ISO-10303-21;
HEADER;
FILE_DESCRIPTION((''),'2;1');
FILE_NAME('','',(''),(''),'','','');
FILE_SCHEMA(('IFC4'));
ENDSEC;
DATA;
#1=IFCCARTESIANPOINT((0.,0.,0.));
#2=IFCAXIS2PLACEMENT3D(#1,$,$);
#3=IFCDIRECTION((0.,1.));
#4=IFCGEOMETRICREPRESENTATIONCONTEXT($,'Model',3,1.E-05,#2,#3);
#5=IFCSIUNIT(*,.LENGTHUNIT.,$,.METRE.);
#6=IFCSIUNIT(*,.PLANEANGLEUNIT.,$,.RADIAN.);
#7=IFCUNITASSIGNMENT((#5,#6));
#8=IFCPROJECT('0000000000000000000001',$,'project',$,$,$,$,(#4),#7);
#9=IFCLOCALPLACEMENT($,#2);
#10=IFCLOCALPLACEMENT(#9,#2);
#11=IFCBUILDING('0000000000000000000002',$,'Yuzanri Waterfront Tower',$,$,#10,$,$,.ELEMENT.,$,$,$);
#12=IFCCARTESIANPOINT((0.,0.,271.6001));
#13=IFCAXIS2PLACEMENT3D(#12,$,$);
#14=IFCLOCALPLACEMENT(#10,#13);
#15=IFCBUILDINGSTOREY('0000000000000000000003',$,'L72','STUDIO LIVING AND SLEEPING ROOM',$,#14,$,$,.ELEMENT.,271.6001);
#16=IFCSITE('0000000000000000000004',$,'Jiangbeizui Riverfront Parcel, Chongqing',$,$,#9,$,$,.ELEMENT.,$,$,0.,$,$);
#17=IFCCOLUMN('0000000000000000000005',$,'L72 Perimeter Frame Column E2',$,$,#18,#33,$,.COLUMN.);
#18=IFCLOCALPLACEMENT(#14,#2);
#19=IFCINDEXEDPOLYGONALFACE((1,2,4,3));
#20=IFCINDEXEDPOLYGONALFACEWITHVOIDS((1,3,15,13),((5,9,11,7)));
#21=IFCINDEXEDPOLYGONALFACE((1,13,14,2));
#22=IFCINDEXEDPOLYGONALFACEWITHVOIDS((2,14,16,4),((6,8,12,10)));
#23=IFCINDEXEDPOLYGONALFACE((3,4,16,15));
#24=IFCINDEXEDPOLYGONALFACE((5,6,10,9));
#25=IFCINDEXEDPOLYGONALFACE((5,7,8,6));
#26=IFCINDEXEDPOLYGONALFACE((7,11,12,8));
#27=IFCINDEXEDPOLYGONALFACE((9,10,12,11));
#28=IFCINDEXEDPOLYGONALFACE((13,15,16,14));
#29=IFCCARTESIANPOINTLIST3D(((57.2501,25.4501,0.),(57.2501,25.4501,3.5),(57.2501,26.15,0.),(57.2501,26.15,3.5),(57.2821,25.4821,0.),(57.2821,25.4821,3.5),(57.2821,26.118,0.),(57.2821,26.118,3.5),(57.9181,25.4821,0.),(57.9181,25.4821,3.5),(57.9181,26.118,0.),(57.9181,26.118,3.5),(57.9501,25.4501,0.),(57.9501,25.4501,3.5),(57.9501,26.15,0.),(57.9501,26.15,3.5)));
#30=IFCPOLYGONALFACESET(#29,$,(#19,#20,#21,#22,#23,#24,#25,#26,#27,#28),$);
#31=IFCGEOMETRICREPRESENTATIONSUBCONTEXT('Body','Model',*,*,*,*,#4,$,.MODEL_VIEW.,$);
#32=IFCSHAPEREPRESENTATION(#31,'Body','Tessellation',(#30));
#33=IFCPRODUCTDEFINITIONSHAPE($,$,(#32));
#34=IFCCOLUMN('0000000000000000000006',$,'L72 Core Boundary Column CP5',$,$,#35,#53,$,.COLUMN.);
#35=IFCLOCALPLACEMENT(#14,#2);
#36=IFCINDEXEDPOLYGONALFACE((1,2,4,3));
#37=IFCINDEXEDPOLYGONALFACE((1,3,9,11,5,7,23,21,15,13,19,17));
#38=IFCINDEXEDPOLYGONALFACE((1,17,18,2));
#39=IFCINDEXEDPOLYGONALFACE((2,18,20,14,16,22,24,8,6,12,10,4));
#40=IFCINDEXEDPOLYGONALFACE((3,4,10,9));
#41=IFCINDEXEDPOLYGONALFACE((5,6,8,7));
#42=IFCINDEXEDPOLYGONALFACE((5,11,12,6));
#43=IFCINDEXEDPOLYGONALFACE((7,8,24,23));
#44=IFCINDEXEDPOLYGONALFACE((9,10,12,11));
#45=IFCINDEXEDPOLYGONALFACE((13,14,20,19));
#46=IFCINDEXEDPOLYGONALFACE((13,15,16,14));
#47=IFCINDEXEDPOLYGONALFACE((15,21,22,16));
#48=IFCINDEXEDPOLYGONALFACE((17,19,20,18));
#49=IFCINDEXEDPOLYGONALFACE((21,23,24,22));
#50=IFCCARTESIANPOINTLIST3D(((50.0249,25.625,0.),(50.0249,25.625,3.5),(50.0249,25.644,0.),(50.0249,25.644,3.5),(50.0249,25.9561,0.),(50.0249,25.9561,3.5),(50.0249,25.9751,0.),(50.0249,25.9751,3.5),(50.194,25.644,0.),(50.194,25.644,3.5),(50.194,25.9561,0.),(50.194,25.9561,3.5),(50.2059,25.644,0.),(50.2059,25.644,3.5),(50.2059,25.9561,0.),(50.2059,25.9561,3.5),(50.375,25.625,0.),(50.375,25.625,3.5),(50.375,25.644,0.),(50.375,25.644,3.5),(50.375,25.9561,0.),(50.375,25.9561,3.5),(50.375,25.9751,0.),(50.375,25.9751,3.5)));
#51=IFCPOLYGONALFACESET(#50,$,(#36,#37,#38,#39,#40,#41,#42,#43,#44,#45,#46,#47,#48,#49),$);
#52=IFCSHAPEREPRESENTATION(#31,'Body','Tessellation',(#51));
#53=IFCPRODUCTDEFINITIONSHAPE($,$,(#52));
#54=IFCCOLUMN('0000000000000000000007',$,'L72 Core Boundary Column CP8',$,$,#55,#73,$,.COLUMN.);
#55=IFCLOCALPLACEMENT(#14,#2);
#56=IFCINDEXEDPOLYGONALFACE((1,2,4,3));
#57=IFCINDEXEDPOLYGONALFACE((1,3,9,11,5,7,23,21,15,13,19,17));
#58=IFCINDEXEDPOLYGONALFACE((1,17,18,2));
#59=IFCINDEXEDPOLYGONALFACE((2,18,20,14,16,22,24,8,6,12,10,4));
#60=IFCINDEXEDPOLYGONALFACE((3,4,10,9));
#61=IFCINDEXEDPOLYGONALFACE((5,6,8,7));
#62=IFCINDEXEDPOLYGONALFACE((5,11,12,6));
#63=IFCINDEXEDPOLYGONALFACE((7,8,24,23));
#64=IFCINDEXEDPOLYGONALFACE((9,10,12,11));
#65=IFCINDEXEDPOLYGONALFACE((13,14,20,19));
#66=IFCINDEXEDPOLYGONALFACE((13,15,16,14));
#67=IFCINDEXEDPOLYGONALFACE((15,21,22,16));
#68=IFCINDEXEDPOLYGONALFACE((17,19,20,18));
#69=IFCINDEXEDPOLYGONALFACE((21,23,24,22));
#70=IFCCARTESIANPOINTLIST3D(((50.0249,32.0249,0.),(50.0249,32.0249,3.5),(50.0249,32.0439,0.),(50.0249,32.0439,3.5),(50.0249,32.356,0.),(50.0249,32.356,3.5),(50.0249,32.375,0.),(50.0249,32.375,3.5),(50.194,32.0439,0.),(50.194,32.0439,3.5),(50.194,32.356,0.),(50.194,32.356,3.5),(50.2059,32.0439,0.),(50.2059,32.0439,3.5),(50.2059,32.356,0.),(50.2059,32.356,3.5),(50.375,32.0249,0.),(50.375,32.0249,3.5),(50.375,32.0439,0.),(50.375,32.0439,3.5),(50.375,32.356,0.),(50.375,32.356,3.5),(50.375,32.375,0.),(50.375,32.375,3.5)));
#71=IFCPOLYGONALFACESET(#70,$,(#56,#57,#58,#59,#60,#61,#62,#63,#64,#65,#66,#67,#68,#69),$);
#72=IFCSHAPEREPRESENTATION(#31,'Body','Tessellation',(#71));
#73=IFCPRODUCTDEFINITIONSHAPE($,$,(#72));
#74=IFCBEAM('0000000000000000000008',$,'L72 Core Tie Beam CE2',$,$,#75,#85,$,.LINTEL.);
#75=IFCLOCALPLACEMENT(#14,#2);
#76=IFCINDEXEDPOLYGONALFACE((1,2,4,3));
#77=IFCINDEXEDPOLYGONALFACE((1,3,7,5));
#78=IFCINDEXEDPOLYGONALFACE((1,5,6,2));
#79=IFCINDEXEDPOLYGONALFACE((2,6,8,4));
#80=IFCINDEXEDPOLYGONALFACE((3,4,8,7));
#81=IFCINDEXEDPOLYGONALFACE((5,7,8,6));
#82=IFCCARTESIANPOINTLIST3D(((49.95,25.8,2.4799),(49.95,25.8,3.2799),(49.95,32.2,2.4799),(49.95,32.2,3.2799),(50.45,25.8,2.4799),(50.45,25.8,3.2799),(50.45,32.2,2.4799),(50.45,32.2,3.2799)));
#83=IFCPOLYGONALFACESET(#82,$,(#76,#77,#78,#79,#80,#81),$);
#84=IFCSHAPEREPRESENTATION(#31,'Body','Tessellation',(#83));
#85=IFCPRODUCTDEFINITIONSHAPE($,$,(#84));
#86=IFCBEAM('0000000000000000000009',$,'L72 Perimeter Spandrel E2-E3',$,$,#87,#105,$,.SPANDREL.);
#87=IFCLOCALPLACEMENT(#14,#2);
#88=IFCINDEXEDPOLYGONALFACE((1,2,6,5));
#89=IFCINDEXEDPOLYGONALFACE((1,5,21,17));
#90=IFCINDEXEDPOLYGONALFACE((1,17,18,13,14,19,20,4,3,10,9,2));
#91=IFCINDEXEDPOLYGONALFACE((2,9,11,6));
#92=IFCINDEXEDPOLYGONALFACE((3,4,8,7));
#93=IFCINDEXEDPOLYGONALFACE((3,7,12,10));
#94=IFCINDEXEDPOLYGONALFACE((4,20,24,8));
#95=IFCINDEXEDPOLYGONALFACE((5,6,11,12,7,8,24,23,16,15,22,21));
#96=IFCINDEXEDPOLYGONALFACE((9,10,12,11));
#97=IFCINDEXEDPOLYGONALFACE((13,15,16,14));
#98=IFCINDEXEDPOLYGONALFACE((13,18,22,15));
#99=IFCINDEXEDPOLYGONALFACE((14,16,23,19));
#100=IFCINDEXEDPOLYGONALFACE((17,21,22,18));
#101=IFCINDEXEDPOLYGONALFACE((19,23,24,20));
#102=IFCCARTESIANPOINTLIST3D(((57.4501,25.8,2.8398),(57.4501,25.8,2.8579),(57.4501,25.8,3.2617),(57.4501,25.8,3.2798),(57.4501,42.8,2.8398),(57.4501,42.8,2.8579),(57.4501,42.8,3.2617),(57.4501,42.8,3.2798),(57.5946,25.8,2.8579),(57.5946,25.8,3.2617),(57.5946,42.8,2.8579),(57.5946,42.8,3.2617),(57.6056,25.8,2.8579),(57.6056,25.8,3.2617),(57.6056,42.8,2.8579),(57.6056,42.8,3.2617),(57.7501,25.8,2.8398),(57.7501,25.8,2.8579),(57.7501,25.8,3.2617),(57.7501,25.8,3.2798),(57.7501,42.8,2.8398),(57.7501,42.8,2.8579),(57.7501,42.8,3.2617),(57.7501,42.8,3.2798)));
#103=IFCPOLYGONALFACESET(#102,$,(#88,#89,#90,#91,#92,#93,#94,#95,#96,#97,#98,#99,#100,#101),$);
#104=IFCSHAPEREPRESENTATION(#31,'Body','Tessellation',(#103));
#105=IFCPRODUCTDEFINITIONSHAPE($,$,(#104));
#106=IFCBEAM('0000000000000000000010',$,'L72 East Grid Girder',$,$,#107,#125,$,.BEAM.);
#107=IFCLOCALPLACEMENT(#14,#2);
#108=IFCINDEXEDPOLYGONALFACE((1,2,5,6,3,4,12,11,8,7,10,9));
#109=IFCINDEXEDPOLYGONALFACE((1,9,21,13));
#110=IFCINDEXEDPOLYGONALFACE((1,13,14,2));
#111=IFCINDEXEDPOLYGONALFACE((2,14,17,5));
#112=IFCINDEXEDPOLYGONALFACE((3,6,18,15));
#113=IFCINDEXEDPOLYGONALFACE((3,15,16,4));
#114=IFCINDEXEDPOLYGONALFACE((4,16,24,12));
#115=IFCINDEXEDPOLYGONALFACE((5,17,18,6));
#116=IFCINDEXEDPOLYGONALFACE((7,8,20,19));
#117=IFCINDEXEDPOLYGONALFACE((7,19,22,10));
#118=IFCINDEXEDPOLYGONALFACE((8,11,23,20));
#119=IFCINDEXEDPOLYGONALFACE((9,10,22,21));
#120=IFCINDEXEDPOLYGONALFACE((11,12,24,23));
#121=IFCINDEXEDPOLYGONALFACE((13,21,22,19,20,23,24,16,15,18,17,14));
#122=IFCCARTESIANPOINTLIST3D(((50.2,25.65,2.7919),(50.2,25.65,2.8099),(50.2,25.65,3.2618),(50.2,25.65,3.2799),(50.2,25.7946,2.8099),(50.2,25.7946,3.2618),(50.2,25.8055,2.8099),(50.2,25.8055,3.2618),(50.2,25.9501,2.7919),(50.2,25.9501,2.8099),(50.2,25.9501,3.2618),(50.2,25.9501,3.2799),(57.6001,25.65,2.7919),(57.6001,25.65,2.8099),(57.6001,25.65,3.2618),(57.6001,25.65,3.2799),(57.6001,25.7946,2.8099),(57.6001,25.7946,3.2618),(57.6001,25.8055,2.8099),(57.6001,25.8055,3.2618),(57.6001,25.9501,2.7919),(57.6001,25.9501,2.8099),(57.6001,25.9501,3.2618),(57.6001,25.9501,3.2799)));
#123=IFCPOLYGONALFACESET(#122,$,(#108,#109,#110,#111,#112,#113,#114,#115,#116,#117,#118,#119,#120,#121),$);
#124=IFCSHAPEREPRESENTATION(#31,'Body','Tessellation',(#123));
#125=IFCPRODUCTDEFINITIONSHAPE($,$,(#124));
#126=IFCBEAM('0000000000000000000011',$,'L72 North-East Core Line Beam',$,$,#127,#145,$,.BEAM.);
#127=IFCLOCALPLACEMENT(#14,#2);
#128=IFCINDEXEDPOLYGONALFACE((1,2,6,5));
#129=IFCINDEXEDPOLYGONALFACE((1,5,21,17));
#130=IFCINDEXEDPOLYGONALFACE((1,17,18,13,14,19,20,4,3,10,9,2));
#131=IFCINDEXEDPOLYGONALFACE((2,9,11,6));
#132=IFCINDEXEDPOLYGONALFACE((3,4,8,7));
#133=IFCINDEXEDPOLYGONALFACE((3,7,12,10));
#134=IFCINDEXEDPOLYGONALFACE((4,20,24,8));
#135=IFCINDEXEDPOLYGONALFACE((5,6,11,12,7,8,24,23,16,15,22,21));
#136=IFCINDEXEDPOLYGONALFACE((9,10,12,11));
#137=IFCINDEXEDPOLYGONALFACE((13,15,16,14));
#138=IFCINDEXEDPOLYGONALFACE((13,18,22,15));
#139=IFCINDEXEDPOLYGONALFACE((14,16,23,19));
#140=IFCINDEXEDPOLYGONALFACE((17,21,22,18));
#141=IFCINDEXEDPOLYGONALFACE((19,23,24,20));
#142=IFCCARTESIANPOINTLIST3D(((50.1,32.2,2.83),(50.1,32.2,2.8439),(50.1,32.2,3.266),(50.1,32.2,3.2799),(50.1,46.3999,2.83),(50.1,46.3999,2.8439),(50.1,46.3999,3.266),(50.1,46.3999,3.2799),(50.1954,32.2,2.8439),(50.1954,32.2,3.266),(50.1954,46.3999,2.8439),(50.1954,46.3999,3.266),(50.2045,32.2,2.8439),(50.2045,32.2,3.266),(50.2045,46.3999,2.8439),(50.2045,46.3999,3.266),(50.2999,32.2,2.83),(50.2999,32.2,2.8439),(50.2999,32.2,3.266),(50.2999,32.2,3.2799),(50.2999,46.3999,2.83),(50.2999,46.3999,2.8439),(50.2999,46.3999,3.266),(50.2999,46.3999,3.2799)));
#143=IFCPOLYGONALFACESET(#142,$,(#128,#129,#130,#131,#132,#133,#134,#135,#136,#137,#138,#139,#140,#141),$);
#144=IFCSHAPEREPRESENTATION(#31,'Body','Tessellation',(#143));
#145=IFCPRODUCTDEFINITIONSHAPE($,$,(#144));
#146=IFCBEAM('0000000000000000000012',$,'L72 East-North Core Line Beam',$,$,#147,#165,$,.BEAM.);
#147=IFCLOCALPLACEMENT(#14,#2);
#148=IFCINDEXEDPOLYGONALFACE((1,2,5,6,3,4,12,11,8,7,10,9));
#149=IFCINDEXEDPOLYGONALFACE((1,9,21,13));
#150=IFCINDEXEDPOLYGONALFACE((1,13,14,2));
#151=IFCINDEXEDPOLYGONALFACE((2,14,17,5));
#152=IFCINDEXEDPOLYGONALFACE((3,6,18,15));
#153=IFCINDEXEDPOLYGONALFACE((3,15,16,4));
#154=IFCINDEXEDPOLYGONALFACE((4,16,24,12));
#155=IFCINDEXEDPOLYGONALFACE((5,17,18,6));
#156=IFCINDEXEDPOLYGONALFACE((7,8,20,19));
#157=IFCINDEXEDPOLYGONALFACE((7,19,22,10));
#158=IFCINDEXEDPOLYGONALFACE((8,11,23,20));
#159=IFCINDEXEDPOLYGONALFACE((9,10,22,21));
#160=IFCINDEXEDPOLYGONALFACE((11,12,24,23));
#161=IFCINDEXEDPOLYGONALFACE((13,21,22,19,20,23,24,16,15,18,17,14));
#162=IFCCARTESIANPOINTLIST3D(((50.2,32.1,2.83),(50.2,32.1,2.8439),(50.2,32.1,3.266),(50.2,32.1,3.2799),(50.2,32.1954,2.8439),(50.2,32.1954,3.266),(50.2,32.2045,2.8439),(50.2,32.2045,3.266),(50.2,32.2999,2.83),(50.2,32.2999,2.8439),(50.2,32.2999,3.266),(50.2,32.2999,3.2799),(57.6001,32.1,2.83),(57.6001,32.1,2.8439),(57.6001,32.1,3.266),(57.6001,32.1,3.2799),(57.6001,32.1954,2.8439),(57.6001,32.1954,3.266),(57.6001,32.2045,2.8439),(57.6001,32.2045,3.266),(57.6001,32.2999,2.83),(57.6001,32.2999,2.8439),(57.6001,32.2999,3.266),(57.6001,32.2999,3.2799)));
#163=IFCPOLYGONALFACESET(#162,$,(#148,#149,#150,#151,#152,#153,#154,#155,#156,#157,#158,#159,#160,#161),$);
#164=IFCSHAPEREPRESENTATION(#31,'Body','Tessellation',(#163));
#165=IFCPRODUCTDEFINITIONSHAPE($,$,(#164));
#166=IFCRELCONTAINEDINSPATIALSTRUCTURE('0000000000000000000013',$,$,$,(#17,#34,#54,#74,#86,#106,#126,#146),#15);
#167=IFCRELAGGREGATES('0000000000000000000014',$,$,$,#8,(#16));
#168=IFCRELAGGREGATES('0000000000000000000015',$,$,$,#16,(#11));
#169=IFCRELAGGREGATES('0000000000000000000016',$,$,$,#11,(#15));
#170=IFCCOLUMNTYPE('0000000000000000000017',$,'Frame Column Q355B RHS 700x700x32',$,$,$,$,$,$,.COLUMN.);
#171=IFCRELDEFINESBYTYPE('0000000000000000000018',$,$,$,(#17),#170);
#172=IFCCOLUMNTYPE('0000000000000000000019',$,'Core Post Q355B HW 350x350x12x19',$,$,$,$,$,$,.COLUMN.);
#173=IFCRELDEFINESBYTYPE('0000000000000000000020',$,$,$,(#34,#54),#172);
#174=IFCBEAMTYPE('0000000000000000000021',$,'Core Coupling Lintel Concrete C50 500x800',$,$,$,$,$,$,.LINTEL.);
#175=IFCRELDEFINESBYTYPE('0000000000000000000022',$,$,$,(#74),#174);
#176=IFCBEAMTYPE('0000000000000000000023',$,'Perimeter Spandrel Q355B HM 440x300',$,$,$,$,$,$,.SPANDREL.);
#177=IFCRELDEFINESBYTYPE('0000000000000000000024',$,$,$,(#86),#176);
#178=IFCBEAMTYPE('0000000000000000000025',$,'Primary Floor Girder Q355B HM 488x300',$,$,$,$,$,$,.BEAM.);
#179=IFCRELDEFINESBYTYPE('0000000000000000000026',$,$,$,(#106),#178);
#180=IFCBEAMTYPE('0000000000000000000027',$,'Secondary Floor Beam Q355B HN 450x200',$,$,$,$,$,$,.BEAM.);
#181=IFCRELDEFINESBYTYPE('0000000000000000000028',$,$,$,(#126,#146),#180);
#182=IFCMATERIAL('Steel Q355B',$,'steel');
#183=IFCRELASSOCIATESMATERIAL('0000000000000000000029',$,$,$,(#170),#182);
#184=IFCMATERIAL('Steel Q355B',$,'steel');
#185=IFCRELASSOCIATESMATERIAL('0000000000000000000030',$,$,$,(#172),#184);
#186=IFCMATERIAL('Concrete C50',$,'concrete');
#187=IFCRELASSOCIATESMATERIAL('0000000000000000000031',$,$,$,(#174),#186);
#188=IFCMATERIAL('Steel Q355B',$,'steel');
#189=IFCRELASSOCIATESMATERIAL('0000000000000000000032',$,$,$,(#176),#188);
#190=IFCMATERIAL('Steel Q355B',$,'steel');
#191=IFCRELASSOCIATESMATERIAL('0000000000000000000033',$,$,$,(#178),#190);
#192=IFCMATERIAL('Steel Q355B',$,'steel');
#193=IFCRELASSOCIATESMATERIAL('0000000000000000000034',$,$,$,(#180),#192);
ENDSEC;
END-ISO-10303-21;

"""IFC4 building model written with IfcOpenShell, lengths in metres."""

from ifc_helpers import new_model, si_unit, direction, frame, origin, origin_2d, place, context, subcontext, project, spatial, rectangle, hollow_rectangle, i_section, extrude, source, transform, mapped, material, material_profile, profile_set, type_object, element, save


model = new_model("IFC4")

# Units and contexts
model_context = context("Model", 3, precision=1e-05, world=origin(), true_north=direction((0.0, 1.0)))
body_context = subcontext(model_context, "Body", "Model", "MODEL_VIEW")
ifc_project = project(units=[si_unit("LENGTHUNIT", "METRE"), si_unit("PLANEANGLEUNIT", "RADIAN")], contexts=[model_context])

# Site, building, storey
site_placement = place(None, origin())
site = spatial("IfcSite", under=ifc_project, at=site_placement, Name="Jiangbeizui Riverfront Parcel, Chongqing", CompositionType="ELEMENT", RefElevation=0.0)
building_placement = place(site_placement, origin())
building = spatial("IfcBuilding", under=site, at=building_placement, Name="Yuzanri Waterfront Tower", CompositionType="ELEMENT")
storey_placement = place(building_placement, frame((0.0, 0.0, 271.6001)))
storey = spatial("IfcBuildingStorey", under=building, at=storey_placement, Name="L72", Description="STUDIO LIVING AND SLEEPING ROOM", CompositionType="ELEMENT", Elevation=271.6001)

# Columns
ifc_material_1 = material(Name="Steel Q355B", Category="steel")
ifc_material_profile_1 = material_profile(ifc_material_1, hollow_rectangle(XDim=0.7, YDim=0.7, WallThickness=0.032, at=origin_2d()), Name="RHS 700x700x32")
ifc_profile_set_1 = profile_set([ifc_material_profile_1], Name="Steel Q355B")
column_type_1 = type_object("IfcColumnType", Name="Frame Column Q355B RHS 700x700x32", PredefinedType="COLUMN", material=ifc_profile_set_1)
shared_shape_1 = source(origin(), body_context, "Body", "SweptSolid", [
    extrude(hollow_rectangle(XDim=0.7, YDim=0.7, WallThickness=0.032, at=origin_2d()), origin(), (0.0, 0.0, 1.0), 3.5),
])
column_placement = place(storey_placement, frame((57.6001, 25.8, 0.0), z_axis=(0.0, 0.0, 1.0), x_axis=(1.0, 0.0, 0.0)))
element("IfcColumn", 1, at=column_placement, inside=storey, type_object=column_type_1, Name="L72 Perimeter Frame Column E2", PredefinedType="COLUMN", context=body_context, shape_type="MappedRepresentation", body=[
    mapped(shared_shape_1, transform((0.0, 0.0, 0.0), scale=1.0)),
])
ifc_material_2 = material(Name="Steel Q355B", Category="steel")
ifc_material_profile_2 = material_profile(ifc_material_2, i_section(OverallWidth=0.3501, OverallDepth=0.3501, WebThickness=0.012, FlangeThickness=0.019, at=origin_2d()), Name="HW 350x350x12x19")
ifc_profile_set_2 = profile_set([ifc_material_profile_2], Name="Steel Q355B")
column_type_2 = type_object("IfcColumnType", Name="Core Post Q355B HW 350x350x12x19", PredefinedType="COLUMN", material=ifc_profile_set_2)
shared_shape_2 = source(origin(), body_context, "Body", "SweptSolid", [
    extrude(i_section(OverallWidth=0.3501, OverallDepth=0.3501, WebThickness=0.012, FlangeThickness=0.019, at=origin_2d()), origin(), (0.0, 0.0, 1.0), 3.5),
])
for number, where, z_axis, x_axis, name in (
    (2, (50.2, 25.8, 0.0), (0.0, 0.0, 1.0), (1.0, 0.0, 0.0), "L72 Core Boundary Column CP5"),
    (3, (50.2, 32.2, 0.0), (0.0, 0.0, 1.0), (1.0, 0.0, 0.0), "L72 Core Boundary Column CP8"),
):
    element("IfcColumn", number, at=place(storey_placement, frame(where, z_axis=z_axis, x_axis=x_axis)), inside=storey, type_object=column_type_2, Name=name, PredefinedType="COLUMN", context=body_context, shape_type="MappedRepresentation", body=[
        mapped(shared_shape_2, transform((0.0, 0.0, 0.0), scale=1.0)),
    ])

# Beams
ifc_material_3 = material(Name="Concrete C50", Category="concrete")
ifc_material_profile_3 = material_profile(ifc_material_3, rectangle(XDim=0.5, YDim=0.8, at=origin_2d()), Name="RC 500x800")
ifc_profile_set_3 = profile_set([ifc_material_profile_3], Name="Concrete C50")
beam_type_1 = type_object("IfcBeamType", Name="Core Coupling Lintel Concrete C50 500x800", PredefinedType="LINTEL", material=ifc_profile_set_3)
shared_shape_3 = source(origin(), body_context, "Body", "SweptSolid", [
    extrude(rectangle(XDim=0.5, YDim=0.8, at=origin_2d()), origin(), (0.0, 0.0, 1.0), 6.3999),
])
beam_1_placement = place(storey_placement, frame((50.2, 25.8, 2.8799), z_axis=(0.0, 1.0, 0.0), x_axis=(-1.0, 0.0, 0.0)))
element("IfcBeam", 4, at=beam_1_placement, inside=storey, type_object=beam_type_1, Name="L72 Core Tie Beam CE2", PredefinedType="LINTEL", context=body_context, shape_type="MappedRepresentation", body=[
    mapped(shared_shape_3, transform((0.0, 0.0, 0.0), scale=1.0)),
])
ifc_material_4 = material(Name="Steel Q355B", Category="steel")
ifc_material_profile_4 = material_profile(ifc_material_4, i_section(OverallWidth=0.3, OverallDepth=0.4399, WebThickness=0.011, FlangeThickness=0.0181, at=origin_2d()), Name="HM 440x300x11x18")
ifc_profile_set_4 = profile_set([ifc_material_profile_4], Name="Steel Q355B")
beam_type_2 = type_object("IfcBeamType", Name="Perimeter Spandrel Q355B HM 440x300", PredefinedType="SPANDREL", material=ifc_profile_set_4)
shared_shape_4 = source(origin(), body_context, "Body", "SweptSolid", [
    extrude(i_section(OverallWidth=0.3, OverallDepth=0.4399, WebThickness=0.011, FlangeThickness=0.0181, at=origin_2d()), origin(), (0.0, 0.0, 1.0), 17.0),
])
beam_2_placement = place(storey_placement, frame((57.6001, 25.8, 3.0598), z_axis=(0.0, 1.0, 0.0), x_axis=(-1.0, 0.0, 0.0)))
element("IfcBeam", 5, at=beam_2_placement, inside=storey, type_object=beam_type_2, Name="L72 Perimeter Spandrel E2-E3", PredefinedType="SPANDREL", context=body_context, shape_type="MappedRepresentation", body=[
    mapped(shared_shape_4, transform((0.0, 0.0, 0.0), scale=1.0)),
])
ifc_material_5 = material(Name="Steel Q355B", Category="steel")
ifc_material_profile_5 = material_profile(ifc_material_5, i_section(OverallWidth=0.3, OverallDepth=0.488, WebThickness=0.011, FlangeThickness=0.0181, at=origin_2d()), Name="HM 488x300x11x18")
ifc_profile_set_5 = profile_set([ifc_material_profile_5], Name="Steel Q355B")
beam_type_3 = type_object("IfcBeamType", Name="Primary Floor Girder Q355B HM 488x300", PredefinedType="BEAM", material=ifc_profile_set_5)
shared_shape_5 = source(origin(), body_context, "Body", "SweptSolid", [
    extrude(i_section(OverallWidth=0.3, OverallDepth=0.488, WebThickness=0.011, FlangeThickness=0.0181, at=origin_2d()), origin(), (0.0, 0.0, 1.0), 7.4001),
])
beam_3_placement = place(storey_placement, frame((50.2, 25.8, 3.0359), z_axis=(1.0, 0.0, 0.0), x_axis=(0.0, 1.0, 0.0)))
element("IfcBeam", 6, at=beam_3_placement, inside=storey, type_object=beam_type_3, Name="L72 East Grid Girder", PredefinedType="BEAM", context=body_context, shape_type="MappedRepresentation", body=[
    mapped(shared_shape_5, transform((0.0, 0.0, 0.0), scale=1.0)),
])
ifc_material_6 = material(Name="Steel Q355B", Category="steel")
ifc_material_profile_6 = material_profile(ifc_material_6, i_section(OverallWidth=0.2, OverallDepth=0.45, WebThickness=0.009, FlangeThickness=0.0139, at=origin_2d()), Name="HN 450x200x9x14")
ifc_profile_set_6 = profile_set([ifc_material_profile_6], Name="Steel Q355B")
beam_type_4 = type_object("IfcBeamType", Name="Secondary Floor Beam Q355B HN 450x200", PredefinedType="BEAM", material=ifc_profile_set_6)
shared_shape_6 = source(origin(), body_context, "Body", "SweptSolid", [
    extrude(i_section(OverallWidth=0.2, OverallDepth=0.45, WebThickness=0.009, FlangeThickness=0.0139, at=origin_2d()), origin(), (0.0, 0.0, 1.0), 14.2),
])
beam_4_placement = place(storey_placement, frame((50.2, 32.2, 3.0549), z_axis=(0.0, 1.0, 0.0), x_axis=(-1.0, 0.0, 0.0)))
element("IfcBeam", 7, at=beam_4_placement, inside=storey, type_object=beam_type_4, Name="L72 North-East Core Line Beam", PredefinedType="BEAM", context=body_context, shape_type="MappedRepresentation", body=[
    mapped(shared_shape_6, transform((0.0, 0.0, 0.0), scale=1.0)),
])
shared_shape_7 = source(origin(), body_context, "Body", "SweptSolid", [
    extrude(i_section(OverallWidth=0.2, OverallDepth=0.45, WebThickness=0.009, FlangeThickness=0.0139, at=origin_2d()), origin(), (0.0, 0.0, 1.0), 7.4001),
])
beam_5_placement = place(storey_placement, frame((50.2, 32.2, 3.0549), z_axis=(1.0, 0.0, 0.0), x_axis=(0.0, 1.0, 0.0)))
element("IfcBeam", 8, at=beam_5_placement, inside=storey, type_object=beam_type_4, Name="L72 East-North Core Line Beam", PredefinedType="BEAM", context=body_context, shape_type="MappedRepresentation", body=[
    mapped(shared_shape_7, transform((0.0, 0.0, 0.0), scale=1.0)),
])

save(model, "model.ifc")
